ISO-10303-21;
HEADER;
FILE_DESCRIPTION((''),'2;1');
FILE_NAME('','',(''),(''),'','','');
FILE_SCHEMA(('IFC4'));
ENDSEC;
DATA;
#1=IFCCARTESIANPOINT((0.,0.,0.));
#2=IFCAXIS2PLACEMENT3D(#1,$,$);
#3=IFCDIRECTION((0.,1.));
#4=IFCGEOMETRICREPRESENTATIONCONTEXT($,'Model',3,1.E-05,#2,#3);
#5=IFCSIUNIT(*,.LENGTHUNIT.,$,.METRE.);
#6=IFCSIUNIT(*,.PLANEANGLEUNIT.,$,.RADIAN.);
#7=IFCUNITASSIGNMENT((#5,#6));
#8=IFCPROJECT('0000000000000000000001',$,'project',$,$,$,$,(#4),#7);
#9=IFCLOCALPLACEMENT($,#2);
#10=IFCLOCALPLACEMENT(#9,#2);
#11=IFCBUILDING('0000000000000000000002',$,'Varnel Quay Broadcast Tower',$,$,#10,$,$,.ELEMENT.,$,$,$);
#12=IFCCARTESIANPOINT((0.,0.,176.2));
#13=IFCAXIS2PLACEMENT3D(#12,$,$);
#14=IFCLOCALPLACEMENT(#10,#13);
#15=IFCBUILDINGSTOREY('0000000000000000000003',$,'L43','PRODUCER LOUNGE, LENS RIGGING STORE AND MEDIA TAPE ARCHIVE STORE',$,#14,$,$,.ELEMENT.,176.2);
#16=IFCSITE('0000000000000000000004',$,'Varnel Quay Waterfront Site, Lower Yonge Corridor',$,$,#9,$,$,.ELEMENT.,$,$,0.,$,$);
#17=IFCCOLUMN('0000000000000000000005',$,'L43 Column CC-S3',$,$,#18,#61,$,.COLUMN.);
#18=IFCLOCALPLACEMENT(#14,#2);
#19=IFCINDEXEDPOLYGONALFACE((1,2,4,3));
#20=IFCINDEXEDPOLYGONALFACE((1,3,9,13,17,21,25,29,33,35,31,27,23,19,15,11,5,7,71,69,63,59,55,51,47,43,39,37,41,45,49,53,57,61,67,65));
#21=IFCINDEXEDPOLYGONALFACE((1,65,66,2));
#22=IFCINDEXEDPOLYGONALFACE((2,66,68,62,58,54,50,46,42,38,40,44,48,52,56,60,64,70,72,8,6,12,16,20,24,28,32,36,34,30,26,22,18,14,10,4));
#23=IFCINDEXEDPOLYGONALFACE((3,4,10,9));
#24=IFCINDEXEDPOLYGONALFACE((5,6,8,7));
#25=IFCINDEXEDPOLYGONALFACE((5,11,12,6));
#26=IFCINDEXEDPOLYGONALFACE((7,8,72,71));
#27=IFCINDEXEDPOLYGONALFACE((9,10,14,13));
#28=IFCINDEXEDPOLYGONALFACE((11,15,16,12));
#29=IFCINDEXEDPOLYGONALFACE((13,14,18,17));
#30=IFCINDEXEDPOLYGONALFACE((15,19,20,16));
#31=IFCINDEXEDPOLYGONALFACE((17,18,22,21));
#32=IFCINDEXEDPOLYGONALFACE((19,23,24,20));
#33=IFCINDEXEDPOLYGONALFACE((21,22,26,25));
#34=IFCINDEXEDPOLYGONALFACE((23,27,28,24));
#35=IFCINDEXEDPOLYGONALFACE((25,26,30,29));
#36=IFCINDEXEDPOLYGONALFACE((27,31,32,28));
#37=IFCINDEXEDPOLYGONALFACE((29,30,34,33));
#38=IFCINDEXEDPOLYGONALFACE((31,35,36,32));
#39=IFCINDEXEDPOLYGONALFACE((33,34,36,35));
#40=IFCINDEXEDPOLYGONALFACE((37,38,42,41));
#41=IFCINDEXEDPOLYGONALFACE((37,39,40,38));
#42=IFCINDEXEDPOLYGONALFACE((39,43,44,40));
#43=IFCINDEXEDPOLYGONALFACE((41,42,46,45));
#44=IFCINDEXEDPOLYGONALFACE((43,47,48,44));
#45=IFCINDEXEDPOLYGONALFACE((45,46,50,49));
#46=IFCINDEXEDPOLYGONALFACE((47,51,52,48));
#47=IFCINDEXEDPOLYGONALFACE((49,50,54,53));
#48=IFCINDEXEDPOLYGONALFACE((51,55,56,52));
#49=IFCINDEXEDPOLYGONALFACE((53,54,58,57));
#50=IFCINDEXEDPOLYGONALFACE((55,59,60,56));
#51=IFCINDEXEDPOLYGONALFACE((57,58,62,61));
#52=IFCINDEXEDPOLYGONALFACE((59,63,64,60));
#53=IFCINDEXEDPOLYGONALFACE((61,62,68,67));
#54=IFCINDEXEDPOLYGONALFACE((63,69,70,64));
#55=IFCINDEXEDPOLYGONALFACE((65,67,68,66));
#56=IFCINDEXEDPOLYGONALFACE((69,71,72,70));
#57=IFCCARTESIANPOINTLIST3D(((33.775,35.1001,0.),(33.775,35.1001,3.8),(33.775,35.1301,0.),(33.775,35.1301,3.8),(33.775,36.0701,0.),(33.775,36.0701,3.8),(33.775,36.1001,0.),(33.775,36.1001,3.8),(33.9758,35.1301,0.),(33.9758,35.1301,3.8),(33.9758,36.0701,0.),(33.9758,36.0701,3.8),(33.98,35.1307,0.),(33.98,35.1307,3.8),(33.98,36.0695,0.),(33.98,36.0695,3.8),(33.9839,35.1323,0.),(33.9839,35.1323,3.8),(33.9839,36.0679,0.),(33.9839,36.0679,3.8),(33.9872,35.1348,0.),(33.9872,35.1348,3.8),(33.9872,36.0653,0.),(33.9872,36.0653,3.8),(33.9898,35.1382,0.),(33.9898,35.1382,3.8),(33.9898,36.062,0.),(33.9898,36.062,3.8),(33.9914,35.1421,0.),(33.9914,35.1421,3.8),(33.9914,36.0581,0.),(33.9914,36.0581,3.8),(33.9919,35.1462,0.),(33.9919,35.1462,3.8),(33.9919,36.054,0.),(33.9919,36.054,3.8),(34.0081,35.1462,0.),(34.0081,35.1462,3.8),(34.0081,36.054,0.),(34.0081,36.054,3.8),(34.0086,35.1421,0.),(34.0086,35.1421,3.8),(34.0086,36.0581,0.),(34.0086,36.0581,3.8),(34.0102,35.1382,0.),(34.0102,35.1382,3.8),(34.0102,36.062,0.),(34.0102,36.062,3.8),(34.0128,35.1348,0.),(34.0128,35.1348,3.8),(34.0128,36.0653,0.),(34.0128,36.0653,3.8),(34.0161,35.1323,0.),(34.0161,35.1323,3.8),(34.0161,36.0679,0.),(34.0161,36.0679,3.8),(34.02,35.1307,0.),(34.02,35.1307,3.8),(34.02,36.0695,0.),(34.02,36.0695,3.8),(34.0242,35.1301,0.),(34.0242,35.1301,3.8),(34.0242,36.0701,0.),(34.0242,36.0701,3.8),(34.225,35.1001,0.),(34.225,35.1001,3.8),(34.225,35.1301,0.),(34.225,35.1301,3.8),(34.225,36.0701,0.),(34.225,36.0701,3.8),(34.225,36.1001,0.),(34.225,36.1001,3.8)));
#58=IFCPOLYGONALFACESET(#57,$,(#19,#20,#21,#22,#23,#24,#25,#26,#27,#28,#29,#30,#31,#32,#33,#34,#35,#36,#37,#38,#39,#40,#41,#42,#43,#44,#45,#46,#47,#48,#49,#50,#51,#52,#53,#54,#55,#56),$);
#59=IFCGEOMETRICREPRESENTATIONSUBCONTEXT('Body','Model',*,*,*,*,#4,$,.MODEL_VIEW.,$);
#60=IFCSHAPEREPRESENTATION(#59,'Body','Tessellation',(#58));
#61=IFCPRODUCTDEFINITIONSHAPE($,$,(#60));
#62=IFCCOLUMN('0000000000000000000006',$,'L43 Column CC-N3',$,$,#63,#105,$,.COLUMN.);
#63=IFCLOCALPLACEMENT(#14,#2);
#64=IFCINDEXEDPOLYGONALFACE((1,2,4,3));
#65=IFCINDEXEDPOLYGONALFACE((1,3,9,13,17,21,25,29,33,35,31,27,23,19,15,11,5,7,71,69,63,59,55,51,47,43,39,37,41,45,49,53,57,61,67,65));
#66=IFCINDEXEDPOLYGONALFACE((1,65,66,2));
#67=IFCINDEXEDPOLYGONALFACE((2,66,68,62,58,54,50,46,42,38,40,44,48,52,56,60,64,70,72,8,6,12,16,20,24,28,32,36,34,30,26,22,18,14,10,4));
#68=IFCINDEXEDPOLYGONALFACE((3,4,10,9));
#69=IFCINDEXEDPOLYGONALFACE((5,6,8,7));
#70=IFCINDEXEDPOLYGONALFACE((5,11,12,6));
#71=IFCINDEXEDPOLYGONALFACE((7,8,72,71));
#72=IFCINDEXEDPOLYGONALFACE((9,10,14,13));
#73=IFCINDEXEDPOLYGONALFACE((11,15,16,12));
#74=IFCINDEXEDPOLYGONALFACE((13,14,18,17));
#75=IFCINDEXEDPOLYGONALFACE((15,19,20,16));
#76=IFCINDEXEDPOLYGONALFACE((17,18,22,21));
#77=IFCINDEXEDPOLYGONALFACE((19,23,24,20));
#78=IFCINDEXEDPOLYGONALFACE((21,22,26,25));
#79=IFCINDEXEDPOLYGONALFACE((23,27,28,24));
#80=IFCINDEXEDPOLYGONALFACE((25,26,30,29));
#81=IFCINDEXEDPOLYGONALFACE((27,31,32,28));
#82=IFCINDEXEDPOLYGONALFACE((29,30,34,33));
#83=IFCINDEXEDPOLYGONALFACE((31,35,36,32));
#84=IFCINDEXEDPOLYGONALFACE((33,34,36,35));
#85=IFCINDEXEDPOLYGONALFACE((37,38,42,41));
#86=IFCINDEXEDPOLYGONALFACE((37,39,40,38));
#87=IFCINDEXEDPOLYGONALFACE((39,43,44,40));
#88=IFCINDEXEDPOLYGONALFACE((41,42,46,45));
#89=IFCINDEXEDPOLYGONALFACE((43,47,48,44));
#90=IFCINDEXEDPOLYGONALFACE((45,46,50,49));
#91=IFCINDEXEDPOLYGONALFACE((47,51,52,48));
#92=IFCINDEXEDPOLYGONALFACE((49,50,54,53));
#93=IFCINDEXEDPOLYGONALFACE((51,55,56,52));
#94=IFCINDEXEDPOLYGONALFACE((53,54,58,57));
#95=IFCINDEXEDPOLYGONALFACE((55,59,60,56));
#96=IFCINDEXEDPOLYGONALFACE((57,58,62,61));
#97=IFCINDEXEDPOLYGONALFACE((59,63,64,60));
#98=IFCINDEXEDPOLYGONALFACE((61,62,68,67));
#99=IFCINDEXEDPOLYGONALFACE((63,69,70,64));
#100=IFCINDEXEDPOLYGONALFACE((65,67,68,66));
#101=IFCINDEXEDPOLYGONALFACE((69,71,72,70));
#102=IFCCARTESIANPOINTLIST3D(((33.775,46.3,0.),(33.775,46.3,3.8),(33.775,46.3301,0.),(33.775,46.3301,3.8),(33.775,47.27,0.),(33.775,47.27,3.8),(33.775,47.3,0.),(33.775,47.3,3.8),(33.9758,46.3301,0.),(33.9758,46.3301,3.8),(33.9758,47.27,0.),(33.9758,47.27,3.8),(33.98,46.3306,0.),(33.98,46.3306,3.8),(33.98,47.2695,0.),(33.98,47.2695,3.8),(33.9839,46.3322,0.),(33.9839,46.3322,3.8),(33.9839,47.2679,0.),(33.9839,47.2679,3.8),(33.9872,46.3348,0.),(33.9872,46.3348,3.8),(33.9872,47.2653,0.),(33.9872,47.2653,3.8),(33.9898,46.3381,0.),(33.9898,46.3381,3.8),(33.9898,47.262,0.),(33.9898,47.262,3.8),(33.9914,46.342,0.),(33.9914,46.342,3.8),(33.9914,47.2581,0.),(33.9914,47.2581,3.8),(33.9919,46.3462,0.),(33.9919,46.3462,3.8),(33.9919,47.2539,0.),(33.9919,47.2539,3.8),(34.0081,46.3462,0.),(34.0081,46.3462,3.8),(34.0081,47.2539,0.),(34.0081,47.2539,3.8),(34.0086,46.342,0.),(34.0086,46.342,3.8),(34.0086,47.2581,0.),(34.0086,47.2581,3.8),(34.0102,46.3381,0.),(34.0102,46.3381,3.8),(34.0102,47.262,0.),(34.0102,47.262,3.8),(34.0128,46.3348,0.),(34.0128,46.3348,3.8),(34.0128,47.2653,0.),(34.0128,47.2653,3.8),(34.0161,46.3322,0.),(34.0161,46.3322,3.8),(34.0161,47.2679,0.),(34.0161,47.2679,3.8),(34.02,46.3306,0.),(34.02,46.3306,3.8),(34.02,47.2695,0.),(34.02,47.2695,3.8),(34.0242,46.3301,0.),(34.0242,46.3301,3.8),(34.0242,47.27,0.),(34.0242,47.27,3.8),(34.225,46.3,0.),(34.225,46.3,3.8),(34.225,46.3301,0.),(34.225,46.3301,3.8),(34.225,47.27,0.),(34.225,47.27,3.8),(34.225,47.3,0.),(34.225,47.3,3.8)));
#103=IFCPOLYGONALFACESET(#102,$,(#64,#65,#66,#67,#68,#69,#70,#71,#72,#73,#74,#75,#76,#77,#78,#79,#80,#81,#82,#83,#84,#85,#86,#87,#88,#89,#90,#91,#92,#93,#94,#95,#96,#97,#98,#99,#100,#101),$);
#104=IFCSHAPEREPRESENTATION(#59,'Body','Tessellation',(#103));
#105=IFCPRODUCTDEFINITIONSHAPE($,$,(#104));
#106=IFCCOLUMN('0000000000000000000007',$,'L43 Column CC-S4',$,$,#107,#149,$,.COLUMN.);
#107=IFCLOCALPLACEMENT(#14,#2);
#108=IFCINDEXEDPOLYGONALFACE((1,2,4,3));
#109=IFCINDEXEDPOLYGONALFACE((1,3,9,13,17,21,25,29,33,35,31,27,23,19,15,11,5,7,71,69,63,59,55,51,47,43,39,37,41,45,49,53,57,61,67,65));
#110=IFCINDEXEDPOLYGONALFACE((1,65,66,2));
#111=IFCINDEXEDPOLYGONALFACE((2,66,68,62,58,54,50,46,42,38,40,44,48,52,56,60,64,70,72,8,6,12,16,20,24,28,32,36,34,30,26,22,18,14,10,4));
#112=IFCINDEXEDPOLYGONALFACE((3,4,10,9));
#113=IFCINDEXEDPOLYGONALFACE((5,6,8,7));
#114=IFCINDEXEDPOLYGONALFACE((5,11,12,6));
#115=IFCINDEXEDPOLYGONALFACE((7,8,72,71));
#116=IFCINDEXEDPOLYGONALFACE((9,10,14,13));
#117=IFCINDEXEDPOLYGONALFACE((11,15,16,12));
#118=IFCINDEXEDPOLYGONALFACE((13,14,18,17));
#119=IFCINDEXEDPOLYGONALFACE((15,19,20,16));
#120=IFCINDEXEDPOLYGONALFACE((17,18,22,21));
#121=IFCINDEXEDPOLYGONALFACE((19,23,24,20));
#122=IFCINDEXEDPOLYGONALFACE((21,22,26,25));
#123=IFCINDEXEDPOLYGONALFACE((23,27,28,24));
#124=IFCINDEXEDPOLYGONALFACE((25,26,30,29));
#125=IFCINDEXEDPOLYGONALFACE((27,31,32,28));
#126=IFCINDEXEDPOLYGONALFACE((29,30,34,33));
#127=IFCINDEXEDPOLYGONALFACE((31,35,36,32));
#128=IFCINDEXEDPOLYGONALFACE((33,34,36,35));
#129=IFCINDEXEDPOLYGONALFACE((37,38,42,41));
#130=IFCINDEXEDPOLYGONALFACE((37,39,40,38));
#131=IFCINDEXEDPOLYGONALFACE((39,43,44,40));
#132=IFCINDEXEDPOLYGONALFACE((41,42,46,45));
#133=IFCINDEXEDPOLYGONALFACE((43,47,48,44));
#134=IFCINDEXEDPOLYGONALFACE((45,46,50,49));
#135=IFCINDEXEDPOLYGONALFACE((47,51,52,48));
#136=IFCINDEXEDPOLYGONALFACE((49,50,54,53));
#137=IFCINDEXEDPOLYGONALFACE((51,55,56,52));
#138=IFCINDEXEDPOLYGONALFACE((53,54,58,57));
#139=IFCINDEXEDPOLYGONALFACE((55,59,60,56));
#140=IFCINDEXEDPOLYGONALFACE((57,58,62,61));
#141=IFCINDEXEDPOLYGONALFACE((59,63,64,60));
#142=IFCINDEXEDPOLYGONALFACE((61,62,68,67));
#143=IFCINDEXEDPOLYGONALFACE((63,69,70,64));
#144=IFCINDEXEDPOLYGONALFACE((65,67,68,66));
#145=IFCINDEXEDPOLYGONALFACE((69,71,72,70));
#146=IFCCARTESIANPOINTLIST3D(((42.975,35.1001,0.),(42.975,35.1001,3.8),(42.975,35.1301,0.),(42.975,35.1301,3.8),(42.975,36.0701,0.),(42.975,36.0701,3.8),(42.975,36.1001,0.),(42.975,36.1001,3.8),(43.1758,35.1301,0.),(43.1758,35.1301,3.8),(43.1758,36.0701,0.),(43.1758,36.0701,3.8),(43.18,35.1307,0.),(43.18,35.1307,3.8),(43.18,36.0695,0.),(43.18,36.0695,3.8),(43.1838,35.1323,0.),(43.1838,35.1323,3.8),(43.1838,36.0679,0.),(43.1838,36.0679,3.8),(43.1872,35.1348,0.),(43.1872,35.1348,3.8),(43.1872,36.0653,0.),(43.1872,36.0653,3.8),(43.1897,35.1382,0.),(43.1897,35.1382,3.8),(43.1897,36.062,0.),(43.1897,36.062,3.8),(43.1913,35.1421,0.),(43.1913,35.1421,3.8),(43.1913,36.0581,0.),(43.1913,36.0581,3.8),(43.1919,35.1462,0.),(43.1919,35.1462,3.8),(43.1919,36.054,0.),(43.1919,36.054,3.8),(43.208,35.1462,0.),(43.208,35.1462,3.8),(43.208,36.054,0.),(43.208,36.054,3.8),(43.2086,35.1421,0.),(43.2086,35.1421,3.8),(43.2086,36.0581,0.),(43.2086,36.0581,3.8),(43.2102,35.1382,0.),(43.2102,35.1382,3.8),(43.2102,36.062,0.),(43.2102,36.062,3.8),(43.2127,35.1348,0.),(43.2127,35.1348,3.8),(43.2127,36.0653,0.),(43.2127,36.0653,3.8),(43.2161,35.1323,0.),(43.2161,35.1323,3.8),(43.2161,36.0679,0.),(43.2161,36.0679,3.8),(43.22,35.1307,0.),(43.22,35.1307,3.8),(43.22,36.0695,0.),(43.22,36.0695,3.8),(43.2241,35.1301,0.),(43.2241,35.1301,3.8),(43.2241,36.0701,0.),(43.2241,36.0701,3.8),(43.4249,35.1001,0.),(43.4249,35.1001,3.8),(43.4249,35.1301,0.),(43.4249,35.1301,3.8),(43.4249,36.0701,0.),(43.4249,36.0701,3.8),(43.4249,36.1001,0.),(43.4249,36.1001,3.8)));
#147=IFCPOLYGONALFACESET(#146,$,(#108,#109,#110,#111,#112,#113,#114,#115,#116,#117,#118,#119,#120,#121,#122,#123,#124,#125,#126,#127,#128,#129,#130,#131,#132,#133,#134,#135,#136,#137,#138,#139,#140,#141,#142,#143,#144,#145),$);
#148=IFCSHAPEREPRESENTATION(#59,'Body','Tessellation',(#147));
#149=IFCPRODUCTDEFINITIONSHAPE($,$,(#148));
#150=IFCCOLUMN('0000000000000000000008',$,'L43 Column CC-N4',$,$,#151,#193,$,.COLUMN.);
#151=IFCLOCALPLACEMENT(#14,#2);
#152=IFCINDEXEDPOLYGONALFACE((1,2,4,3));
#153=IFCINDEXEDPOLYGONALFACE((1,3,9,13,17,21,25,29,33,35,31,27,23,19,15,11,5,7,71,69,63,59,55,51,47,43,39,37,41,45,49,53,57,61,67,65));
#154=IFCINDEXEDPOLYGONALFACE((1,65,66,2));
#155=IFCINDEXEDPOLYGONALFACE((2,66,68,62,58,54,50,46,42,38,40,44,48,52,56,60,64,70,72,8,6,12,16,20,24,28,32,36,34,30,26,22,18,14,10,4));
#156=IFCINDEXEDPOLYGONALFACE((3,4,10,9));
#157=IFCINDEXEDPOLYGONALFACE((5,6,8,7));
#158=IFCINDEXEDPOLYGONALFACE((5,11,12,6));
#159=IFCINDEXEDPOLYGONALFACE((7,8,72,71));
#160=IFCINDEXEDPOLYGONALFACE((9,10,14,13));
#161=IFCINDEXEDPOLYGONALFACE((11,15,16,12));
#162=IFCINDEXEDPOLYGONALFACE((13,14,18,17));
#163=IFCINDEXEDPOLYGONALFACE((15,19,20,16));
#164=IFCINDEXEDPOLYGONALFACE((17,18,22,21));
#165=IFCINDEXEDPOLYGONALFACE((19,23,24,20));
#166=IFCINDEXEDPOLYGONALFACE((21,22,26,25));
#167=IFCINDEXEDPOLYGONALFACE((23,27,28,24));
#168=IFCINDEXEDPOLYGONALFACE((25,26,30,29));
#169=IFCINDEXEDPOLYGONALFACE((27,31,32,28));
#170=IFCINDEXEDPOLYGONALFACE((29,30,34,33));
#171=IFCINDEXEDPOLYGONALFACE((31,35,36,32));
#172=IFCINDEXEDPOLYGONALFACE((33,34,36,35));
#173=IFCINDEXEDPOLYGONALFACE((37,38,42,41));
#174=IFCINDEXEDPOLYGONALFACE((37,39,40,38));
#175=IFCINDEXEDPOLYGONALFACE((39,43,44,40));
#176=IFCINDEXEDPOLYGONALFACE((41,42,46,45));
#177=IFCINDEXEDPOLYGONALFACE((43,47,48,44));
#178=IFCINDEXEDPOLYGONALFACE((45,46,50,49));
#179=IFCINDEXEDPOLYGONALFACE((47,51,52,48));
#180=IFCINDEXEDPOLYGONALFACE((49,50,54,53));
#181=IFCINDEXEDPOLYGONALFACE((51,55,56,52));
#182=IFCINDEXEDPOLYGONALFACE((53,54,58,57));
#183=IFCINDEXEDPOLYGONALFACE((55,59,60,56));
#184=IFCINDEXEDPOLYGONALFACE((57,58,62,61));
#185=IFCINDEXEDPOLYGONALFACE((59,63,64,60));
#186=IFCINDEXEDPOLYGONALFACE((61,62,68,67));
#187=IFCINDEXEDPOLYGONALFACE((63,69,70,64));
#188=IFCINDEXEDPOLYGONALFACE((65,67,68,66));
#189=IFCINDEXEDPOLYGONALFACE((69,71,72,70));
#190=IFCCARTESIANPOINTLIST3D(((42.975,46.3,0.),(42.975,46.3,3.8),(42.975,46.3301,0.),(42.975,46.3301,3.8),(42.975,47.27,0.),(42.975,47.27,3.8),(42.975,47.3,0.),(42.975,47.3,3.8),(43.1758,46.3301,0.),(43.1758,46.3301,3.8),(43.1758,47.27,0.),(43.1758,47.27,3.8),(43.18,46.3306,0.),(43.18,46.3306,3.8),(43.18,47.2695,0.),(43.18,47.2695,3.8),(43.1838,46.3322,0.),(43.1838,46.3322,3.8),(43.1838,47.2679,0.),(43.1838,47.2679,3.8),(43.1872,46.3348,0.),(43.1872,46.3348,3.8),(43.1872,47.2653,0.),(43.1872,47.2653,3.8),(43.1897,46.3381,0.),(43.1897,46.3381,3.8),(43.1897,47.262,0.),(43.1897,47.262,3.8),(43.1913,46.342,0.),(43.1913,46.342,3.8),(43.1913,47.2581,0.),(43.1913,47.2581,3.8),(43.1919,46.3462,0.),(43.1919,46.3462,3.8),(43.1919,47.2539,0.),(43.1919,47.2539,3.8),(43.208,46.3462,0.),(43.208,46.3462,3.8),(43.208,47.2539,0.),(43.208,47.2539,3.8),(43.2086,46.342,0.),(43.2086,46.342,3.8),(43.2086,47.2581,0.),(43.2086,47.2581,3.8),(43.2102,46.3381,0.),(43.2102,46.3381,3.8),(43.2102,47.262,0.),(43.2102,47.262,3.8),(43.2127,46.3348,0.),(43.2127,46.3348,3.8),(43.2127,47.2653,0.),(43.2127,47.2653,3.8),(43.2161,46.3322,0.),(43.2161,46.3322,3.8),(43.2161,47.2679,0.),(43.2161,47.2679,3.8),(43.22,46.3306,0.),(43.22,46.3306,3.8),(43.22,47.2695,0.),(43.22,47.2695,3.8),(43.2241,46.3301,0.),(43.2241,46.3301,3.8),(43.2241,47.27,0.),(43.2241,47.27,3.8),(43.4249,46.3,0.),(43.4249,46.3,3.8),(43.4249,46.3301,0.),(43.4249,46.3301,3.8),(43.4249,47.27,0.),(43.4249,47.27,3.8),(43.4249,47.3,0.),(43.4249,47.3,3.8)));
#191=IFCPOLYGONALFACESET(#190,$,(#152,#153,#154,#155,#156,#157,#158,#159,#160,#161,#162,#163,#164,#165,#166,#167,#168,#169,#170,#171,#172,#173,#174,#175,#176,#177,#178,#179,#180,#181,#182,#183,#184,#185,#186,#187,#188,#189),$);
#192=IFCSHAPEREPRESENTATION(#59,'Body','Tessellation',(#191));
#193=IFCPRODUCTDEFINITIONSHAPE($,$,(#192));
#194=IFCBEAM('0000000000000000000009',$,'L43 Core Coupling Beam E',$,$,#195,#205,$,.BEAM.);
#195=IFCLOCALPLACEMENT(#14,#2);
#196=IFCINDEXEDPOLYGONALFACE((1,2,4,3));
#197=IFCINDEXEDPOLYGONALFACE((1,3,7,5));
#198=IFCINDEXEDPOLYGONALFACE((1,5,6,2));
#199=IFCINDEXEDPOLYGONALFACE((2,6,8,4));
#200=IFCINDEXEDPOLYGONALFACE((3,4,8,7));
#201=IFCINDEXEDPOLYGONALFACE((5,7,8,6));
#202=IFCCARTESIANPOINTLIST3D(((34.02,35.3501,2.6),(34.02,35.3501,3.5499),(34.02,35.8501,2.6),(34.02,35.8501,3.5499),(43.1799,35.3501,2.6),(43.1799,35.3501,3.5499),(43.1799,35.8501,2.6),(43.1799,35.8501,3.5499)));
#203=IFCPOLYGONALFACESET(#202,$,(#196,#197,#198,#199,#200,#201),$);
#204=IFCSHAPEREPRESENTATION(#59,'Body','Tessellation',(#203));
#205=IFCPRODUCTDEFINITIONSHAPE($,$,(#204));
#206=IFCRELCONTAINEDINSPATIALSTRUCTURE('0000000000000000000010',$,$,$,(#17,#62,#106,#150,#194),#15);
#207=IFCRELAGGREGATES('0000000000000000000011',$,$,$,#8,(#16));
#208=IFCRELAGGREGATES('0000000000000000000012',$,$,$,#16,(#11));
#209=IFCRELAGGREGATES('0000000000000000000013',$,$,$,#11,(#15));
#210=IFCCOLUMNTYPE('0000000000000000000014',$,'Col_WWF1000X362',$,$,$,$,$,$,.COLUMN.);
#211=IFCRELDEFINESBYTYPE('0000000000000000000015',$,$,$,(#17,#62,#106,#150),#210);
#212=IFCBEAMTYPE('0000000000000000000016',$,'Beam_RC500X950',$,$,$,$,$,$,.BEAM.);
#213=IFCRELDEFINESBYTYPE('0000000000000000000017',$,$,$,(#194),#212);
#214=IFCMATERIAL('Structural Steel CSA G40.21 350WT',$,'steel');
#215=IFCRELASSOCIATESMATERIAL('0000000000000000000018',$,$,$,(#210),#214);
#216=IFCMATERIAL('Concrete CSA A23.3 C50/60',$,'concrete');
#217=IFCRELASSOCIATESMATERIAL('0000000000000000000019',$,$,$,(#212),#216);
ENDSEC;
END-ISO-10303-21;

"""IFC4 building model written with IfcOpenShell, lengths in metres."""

from ifc_helpers import new_model, si_unit, direction, frame, origin, origin_2d, place, context, subcontext, project, spatial, rectangle, i_section, extrude, source, transform, mapped, material, material_profile, profile_set, type_object, type_shapes, element, save


model = new_model("IFC4")

# Units and contexts
model_context = context("Model", 3, precision=1e-05, world=origin(), true_north=direction((0.0, 1.0)))
body_context = subcontext(model_context, "Body", "Model", "MODEL_VIEW")
ifc_project = project(units=[si_unit("LENGTHUNIT", "METRE"), si_unit("PLANEANGLEUNIT", "RADIAN")], contexts=[model_context])

# Site, building, storey
site_placement = place(None, origin())
site = spatial("IfcSite", under=ifc_project, at=site_placement, Name="Varnel Quay Waterfront Site, Lower Yonge Corridor", CompositionType="ELEMENT", RefElevation=0.0)
building_placement = place(site_placement, origin())
building = spatial("IfcBuilding", under=site, at=building_placement, Name="Varnel Quay Broadcast Tower", CompositionType="ELEMENT")
storey_placement = place(building_placement, frame((0.0, 0.0, 176.2)))
storey = spatial("IfcBuildingStorey", under=building, at=storey_placement, Name="L43", Description="PRODUCER LOUNGE, LENS RIGGING STORE AND MEDIA TAPE ARCHIVE STORE", CompositionType="ELEMENT", Elevation=176.2)

# Columns
ifc_material_1 = material(Name="Structural Steel CSA G40.21 350WT", Category="steel")
ifc_material_profile_1 = material_profile(ifc_material_1, i_section(OverallWidth=0.45, OverallDepth=1.0, WebThickness=0.0161, FlangeThickness=0.03, FilletRadius=0.0161, at=origin_2d()), Name="WWF1000X362")
ifc_profile_set_1 = profile_set([ifc_material_profile_1], Name="Structural Steel CSA G40.21 350WT")
column_type = type_object("IfcColumnType", Name="Col_WWF1000X362", PredefinedType="COLUMN", material=ifc_profile_set_1)
shared_shape_1 = source(origin(), body_context, "Body", "SweptSolid", [
    extrude(i_section(OverallWidth=0.45, OverallDepth=1.0, WebThickness=0.0161, FlangeThickness=0.03, FilletRadius=0.0161, at=origin_2d()), origin(), (0.0, 0.0, 1.0), 3.8),
])
type_shapes(column_type, [shared_shape_1])
for number, where, z_axis, x_axis, name in (
    (1, (34.0, 35.6001, 0.0), (0.0, 0.0, 1.0), (1.0, 0.0, 0.0), "L43 Column CC-S3"),
    (2, (34.0, 46.8, 0.0), (0.0, 0.0, 1.0), (1.0, 0.0, 0.0), "L43 Column CC-N3"),
    (3, (43.2, 35.6001, 0.0), (0.0, 0.0, 1.0), (1.0, 0.0, 0.0), "L43 Column CC-S4"),
    (4, (43.2, 46.8, 0.0), (0.0, 0.0, 1.0), (1.0, 0.0, 0.0), "L43 Column CC-N4"),
):
    element("IfcColumn", number, at=place(storey_placement, frame(where, z_axis=z_axis, x_axis=x_axis)), inside=storey, type_object=column_type, Name=name, PredefinedType="COLUMN", context=body_context, shape_type="MappedRepresentation", body=[
        mapped(shared_shape_1, transform((0.0, 0.0, 0.0), x_axis=(1.0, 0.0, 0.0), y_axis=(0.0, 1.0, 0.0), z_axis=(0.0, 0.0, 1.0), scale=1.0)),
    ])

# Beam
ifc_material_2 = material(Name="Concrete CSA A23.3 C50/60", Category="concrete")
ifc_material_profile_2 = material_profile(ifc_material_2, rectangle(XDim=0.5, YDim=0.95, at=origin_2d()), Name="RC500X950")
ifc_profile_set_2 = profile_set([ifc_material_profile_2], Name="Concrete CSA A23.3 C50/60")
beam_type_1 = type_object("IfcBeamType", Name="Beam_RC500X950", PredefinedType="BEAM", material=ifc_profile_set_2)
shared_shape_2 = source(origin(), body_context, "Body", "SweptSolid", [
    extrude(rectangle(XDim=0.5, YDim=0.95, at=origin_2d()), origin(), (0.0, 0.0, 1.0), 9.1599),
])
type_shapes(beam_type_1, [shared_shape_2])
beam_1_placement = place(storey_placement, frame((34.02, 35.6001, 3.075), z_axis=(1.0, 0.0, 0.0), x_axis=(0.0, 1.0, 0.0)))
element("IfcBeam", 5, at=beam_1_placement, inside=storey, type_object=beam_type_1, Name="L43 Core Coupling Beam E", PredefinedType="BEAM", context=body_context, shape_type="MappedRepresentation", body=[
    mapped(shared_shape_2, transform((0.0, 0.0, 0.0), x_axis=(1.0, 0.0, 0.0), y_axis=(0.0, 1.0, 0.0), z_axis=(0.0, 0.0, 1.0), scale=1.0)),
])

save(model, "model.ifc")
